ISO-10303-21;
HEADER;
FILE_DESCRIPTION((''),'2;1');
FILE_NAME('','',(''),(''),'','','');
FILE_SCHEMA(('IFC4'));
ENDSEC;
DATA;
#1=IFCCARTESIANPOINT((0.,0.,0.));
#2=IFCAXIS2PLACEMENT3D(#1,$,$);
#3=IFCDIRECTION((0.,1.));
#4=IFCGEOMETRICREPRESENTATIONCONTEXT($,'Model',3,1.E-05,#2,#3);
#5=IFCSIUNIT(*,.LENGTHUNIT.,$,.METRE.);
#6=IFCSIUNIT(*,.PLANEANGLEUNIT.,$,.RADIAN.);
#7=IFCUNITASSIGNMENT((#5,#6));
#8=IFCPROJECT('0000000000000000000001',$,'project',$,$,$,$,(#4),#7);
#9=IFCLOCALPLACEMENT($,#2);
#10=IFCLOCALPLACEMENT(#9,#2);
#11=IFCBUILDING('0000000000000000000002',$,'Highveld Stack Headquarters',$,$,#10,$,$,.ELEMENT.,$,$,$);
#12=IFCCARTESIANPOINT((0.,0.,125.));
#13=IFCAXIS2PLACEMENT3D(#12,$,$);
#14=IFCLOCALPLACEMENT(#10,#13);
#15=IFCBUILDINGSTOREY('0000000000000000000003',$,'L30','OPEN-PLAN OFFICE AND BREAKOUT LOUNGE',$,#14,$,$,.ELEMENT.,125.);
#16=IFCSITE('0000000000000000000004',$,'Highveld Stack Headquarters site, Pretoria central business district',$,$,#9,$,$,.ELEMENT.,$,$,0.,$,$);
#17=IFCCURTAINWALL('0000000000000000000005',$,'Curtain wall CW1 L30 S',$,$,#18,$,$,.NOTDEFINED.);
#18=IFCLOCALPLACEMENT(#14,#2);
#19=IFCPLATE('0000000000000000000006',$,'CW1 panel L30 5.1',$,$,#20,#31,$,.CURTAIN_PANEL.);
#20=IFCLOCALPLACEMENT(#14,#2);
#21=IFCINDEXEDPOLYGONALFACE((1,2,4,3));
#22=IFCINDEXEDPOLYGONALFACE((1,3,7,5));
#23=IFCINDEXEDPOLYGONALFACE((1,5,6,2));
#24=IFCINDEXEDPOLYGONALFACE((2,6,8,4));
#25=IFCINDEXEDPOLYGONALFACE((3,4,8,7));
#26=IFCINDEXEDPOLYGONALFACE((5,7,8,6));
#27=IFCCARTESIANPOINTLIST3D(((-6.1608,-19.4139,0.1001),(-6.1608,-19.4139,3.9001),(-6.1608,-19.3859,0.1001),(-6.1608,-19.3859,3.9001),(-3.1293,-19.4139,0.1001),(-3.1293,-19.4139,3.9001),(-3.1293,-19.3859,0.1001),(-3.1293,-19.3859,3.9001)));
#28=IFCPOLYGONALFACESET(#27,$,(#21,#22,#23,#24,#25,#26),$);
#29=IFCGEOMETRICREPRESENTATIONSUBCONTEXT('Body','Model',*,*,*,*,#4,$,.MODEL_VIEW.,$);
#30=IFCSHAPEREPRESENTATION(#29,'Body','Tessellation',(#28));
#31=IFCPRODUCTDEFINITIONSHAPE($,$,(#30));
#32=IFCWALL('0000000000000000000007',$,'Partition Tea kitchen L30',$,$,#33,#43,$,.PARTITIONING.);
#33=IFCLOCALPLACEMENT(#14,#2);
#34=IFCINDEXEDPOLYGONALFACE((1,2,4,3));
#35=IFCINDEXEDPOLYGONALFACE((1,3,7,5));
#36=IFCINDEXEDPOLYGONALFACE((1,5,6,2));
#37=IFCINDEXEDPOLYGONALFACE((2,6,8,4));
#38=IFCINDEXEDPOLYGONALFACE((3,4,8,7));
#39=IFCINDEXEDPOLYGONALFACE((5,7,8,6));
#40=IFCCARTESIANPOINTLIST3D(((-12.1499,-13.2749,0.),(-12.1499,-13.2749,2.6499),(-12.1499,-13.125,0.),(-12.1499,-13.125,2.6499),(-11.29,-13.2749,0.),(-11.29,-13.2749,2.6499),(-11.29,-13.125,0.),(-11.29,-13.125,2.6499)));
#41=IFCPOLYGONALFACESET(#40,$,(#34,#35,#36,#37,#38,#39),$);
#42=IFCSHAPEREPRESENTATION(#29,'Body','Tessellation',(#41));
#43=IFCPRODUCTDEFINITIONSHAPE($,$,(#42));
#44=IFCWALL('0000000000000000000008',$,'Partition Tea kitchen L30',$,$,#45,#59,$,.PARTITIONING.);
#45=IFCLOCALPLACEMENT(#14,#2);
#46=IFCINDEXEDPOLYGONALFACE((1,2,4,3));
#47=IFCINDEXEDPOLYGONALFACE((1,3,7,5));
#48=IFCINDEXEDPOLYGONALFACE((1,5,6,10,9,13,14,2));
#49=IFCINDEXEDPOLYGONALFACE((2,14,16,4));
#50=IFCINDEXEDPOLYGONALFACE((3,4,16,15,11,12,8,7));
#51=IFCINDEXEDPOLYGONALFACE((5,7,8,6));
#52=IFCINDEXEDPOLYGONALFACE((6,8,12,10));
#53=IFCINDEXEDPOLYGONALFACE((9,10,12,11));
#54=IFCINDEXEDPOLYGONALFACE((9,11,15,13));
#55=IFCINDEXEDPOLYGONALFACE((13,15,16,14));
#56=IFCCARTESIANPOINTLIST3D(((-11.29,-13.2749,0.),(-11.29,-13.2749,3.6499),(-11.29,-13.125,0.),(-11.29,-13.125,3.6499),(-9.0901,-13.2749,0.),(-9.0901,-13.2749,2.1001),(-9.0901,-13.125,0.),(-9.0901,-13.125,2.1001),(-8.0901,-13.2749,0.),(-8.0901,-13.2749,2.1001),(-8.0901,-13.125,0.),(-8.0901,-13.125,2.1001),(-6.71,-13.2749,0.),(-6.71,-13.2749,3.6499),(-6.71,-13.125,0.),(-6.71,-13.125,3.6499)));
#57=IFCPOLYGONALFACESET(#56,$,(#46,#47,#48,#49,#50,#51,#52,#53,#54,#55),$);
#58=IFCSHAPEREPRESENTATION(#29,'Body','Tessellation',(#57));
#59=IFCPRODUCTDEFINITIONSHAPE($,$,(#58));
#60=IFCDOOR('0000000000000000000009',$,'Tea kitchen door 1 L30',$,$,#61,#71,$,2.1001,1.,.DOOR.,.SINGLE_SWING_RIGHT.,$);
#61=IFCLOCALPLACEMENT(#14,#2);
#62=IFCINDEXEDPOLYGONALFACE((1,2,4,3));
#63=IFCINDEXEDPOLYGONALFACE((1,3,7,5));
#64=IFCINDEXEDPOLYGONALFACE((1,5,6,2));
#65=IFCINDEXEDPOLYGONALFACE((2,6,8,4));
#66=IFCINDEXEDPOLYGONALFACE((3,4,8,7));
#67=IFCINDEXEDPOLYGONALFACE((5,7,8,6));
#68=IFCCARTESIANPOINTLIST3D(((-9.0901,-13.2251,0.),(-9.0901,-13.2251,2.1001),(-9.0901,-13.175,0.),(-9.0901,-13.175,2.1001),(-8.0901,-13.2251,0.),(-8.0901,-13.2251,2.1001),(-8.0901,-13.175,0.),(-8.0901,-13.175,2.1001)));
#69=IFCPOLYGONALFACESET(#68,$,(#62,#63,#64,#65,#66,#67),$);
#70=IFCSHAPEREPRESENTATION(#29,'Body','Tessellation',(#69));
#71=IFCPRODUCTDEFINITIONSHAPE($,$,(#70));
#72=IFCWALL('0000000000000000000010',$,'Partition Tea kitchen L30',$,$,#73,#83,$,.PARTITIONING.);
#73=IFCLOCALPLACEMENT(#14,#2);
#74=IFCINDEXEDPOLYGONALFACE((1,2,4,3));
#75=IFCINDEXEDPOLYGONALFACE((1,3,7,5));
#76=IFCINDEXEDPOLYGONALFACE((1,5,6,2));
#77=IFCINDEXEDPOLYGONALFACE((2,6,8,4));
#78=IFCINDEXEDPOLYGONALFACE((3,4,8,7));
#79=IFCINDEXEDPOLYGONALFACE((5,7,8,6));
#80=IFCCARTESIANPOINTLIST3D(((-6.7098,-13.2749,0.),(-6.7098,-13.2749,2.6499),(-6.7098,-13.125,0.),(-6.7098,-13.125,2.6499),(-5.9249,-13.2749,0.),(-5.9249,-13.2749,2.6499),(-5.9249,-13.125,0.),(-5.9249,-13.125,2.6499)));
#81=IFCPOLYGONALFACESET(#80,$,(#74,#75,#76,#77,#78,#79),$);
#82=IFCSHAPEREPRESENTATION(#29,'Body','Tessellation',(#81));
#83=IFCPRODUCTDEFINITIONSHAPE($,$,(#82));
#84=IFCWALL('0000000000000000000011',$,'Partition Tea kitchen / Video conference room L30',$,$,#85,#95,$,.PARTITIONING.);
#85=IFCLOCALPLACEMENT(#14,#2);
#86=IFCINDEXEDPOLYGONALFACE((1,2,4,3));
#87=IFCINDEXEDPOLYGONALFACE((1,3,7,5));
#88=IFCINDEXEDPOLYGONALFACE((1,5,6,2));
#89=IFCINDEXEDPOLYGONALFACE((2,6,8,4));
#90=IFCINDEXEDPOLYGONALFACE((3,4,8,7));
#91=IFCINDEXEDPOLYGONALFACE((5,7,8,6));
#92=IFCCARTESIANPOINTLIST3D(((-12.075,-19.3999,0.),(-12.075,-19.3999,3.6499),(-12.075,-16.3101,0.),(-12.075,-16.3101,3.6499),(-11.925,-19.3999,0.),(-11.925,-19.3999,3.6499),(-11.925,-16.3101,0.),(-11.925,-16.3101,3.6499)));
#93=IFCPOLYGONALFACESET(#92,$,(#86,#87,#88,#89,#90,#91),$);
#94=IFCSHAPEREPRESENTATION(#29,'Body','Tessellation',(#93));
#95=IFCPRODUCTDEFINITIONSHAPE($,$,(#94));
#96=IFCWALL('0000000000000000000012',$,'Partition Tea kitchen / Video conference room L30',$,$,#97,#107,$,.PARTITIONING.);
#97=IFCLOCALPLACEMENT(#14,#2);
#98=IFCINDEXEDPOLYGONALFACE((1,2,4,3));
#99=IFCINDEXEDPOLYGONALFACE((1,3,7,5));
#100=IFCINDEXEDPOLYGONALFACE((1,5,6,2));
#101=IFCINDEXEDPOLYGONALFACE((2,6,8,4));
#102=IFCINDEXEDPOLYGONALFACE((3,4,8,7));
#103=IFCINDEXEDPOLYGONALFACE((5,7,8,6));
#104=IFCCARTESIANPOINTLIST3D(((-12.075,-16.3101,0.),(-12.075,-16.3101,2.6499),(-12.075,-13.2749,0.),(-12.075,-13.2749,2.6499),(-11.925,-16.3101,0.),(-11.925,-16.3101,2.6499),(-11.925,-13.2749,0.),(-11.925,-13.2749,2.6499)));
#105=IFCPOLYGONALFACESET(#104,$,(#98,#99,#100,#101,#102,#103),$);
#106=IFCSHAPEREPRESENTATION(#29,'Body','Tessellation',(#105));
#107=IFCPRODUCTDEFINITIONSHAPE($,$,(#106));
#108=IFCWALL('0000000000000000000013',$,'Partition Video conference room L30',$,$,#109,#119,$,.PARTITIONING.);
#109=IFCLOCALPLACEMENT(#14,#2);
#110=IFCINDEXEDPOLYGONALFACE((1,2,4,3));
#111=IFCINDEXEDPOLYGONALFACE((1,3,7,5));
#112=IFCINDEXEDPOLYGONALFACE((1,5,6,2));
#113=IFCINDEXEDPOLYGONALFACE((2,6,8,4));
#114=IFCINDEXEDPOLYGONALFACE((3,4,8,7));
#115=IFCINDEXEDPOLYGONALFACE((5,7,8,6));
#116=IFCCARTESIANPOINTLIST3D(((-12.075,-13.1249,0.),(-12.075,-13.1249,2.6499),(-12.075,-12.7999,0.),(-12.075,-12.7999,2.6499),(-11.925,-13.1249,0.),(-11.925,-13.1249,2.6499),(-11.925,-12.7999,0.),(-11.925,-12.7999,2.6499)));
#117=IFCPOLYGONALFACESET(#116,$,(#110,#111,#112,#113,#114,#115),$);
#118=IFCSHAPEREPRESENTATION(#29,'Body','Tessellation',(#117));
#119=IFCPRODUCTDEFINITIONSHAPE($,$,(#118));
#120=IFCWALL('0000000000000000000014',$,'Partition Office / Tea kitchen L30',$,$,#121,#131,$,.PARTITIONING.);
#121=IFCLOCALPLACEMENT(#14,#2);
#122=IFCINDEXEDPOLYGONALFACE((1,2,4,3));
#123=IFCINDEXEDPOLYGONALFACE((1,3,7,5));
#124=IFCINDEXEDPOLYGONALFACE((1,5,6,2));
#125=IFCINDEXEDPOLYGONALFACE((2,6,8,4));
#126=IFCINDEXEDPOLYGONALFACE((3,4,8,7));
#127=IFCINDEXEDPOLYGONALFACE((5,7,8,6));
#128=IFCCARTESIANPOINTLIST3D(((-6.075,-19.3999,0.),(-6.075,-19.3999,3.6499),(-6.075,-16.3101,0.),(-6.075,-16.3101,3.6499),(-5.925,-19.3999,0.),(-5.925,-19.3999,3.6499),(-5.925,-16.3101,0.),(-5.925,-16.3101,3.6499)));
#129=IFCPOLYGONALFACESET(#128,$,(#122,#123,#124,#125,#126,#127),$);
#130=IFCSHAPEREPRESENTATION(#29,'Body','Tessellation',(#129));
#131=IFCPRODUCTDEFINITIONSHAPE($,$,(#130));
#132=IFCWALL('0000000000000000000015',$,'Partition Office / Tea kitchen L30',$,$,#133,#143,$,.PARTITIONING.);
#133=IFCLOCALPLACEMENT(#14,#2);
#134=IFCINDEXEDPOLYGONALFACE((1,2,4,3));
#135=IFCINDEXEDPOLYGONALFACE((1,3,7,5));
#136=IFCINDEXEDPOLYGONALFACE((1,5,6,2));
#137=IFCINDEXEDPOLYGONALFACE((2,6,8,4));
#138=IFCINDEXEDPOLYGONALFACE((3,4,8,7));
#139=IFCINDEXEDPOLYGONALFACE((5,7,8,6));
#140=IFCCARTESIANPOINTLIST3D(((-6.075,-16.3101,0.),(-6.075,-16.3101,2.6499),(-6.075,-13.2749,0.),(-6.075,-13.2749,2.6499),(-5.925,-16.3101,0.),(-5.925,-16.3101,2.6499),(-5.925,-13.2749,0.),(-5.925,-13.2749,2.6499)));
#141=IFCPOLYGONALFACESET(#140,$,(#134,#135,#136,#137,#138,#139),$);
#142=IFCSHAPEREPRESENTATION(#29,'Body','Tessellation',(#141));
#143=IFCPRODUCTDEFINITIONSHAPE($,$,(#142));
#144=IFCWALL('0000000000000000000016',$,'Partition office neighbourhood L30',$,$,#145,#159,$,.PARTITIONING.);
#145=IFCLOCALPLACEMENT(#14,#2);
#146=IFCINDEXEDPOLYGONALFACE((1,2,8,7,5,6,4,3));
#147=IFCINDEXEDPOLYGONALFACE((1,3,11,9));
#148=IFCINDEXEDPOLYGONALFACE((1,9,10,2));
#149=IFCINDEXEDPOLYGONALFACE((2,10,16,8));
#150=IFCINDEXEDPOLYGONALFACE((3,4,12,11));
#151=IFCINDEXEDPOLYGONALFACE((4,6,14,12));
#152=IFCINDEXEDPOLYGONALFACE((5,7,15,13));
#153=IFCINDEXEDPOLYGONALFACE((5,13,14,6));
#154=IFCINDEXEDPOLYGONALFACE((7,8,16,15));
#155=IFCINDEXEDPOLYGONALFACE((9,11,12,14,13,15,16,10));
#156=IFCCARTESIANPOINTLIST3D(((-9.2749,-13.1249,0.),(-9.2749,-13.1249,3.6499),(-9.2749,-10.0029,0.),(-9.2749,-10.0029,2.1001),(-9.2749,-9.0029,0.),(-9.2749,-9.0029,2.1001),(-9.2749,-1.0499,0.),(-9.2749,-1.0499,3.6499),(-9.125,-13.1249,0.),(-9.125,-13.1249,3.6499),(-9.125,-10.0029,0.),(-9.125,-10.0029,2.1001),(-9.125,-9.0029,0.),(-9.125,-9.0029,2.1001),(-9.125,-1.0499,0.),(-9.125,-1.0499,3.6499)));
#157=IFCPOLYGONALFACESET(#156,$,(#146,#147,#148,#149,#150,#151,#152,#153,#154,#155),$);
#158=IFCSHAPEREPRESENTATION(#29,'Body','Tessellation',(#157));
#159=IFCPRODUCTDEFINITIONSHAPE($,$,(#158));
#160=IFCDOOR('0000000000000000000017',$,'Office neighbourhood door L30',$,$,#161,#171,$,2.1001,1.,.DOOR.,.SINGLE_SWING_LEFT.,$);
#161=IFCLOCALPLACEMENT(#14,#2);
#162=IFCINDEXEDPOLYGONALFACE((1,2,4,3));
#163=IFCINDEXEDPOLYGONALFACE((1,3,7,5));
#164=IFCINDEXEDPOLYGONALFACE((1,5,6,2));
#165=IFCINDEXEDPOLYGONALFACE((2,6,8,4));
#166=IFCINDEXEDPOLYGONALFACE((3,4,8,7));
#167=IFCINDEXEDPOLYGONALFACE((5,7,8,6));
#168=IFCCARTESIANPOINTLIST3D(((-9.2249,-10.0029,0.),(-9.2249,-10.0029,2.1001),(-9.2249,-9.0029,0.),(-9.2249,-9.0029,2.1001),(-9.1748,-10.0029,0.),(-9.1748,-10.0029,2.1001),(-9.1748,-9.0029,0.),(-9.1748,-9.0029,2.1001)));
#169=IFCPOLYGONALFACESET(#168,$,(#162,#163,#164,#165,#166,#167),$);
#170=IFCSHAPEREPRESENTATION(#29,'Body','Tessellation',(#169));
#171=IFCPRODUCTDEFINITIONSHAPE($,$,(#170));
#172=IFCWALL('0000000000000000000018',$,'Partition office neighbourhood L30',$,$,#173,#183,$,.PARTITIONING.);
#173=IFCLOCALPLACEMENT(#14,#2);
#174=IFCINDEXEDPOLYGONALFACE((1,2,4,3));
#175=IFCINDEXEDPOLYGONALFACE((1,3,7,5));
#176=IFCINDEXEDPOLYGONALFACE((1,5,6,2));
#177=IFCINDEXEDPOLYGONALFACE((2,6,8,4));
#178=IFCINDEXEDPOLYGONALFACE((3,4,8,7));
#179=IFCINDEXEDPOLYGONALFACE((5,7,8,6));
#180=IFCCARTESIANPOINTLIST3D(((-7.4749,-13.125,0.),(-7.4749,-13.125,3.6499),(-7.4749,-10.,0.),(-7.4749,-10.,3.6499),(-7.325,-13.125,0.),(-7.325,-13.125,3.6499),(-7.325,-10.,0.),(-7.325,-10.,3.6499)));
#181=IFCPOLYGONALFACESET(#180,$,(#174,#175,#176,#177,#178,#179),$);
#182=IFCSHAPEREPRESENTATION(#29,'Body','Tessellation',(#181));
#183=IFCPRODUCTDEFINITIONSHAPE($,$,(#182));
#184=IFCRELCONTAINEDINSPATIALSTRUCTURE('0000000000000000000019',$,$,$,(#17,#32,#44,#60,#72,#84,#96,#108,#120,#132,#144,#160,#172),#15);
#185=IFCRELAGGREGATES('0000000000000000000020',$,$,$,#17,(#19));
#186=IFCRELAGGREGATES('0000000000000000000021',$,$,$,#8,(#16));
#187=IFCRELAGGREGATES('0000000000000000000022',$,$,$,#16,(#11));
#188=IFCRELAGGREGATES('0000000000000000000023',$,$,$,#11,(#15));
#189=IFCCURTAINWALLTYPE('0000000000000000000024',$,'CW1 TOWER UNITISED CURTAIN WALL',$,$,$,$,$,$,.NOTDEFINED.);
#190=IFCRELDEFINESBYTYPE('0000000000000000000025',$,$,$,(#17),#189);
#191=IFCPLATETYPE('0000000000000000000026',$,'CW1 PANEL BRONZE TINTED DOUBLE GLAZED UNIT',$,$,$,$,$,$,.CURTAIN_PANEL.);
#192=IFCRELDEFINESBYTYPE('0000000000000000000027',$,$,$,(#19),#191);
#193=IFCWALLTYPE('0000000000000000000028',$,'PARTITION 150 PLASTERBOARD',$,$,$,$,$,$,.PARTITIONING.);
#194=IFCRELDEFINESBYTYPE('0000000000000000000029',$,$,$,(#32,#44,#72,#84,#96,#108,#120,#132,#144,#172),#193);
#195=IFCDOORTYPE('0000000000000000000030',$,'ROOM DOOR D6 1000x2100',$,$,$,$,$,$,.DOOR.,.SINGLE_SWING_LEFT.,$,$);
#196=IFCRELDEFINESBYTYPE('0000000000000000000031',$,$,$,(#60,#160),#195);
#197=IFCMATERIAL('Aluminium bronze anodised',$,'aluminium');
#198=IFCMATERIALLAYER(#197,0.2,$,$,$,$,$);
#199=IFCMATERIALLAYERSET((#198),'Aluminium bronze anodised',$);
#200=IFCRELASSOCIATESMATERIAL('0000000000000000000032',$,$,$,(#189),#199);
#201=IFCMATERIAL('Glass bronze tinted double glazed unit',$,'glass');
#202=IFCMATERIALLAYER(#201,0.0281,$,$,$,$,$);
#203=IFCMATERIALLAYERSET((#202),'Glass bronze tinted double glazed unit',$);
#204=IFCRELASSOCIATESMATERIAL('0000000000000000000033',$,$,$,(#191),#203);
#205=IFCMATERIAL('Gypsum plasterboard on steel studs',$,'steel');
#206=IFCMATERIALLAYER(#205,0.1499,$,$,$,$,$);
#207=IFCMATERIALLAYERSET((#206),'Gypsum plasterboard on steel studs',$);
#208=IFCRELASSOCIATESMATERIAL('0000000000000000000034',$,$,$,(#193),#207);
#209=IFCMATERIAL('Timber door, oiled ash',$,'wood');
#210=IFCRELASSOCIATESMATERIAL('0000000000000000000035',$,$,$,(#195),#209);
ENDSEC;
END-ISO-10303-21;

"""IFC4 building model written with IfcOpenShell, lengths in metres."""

from ifc_helpers import new_model, si_unit, direction, frame, frame_2d, origin, origin_2d, place, context, subcontext, project, spatial, rectangle, extrude, material, layer, layer_set, type_object, element, fill, aggregate, save


model = new_model("IFC4")

# Units and contexts
model_context = context("Model", 3, precision=1e-05, world=origin(), true_north=direction((0.0, 1.0)))
body_context = subcontext(model_context, "Body", "Model", "MODEL_VIEW")
ifc_project = project(units=[si_unit("LENGTHUNIT", "METRE"), si_unit("PLANEANGLEUNIT", "RADIAN")], contexts=[model_context])

# Site, building, storey
site_placement = place(None, origin())
site = spatial("IfcSite", under=ifc_project, at=site_placement, Name="Highveld Stack Headquarters site, Pretoria central business district", CompositionType="ELEMENT", RefElevation=0.0)
building_placement = place(site_placement, origin())
building = spatial("IfcBuilding", under=site, at=building_placement, Name="Highveld Stack Headquarters", CompositionType="ELEMENT")
storey_placement = place(building_placement, frame((0.0, 0.0, 125.0)))
storey = spatial("IfcBuildingStorey", under=building, at=storey_placement, Name="L30", Description="OPEN-PLAN OFFICE AND BREAKOUT LOUNGE", CompositionType="ELEMENT", Elevation=125.0)

# Curtain wall
ifc_material_1 = material(Name="Aluminium bronze anodised", Category="aluminium")
ifc_layer_1 = layer(ifc_material_1, 0.2)
ifc_layer_set_1 = layer_set([ifc_layer_1], Name="Aluminium bronze anodised")
curtain_wall_type = type_object("IfcCurtainWallType", Name="CW1 TOWER UNITISED CURTAIN WALL", PredefinedType="NOTDEFINED", material=ifc_layer_set_1)
curtain_wall_placement = place(storey_placement, origin())
curtain_wall = element("IfcCurtainWall", 1, at=curtain_wall_placement, inside=storey, type_object=curtain_wall_type, Name="Curtain wall CW1 L30 S", PredefinedType="NOTDEFINED")

# Plate
ifc_material_2 = material(Name="Glass bronze tinted double glazed unit", Category="glass")
ifc_layer_2 = layer(ifc_material_2, 0.0281)
ifc_layer_set_2 = layer_set([ifc_layer_2], Name="Glass bronze tinted double glazed unit")
plate_type = type_object("IfcPlateType", Name="CW1 PANEL BRONZE TINTED DOUBLE GLAZED UNIT", PredefinedType="CURTAIN_PANEL", material=ifc_layer_set_2)
plate_1_placement = place(storey_placement, frame((-4.645, -19.3999, 0.1001), z_axis=(0.0, 0.0, 1.0), x_axis=(1.0, 0.0, 0.0)))
plate_1 = element("IfcPlate", 2, at=plate_1_placement, type_object=plate_type, Name="CW1 panel L30 5.1", PredefinedType="CURTAIN_PANEL", context=body_context, shape_type="SweptSolid", body=[
    extrude(rectangle(XDim=3.0315, YDim=0.0281, at=origin_2d()), origin(), (0.0, 0.0, 1.0), 3.8),
])
aggregate(curtain_wall, [plate_1])

# Wall
ifc_material_3 = material(Name="Gypsum plasterboard on steel studs", Category="steel")
ifc_layer_3 = layer(ifc_material_3, 0.1499)
ifc_layer_set_3 = layer_set([ifc_layer_3], Name="Gypsum plasterboard on steel studs")
wall_type = type_object("IfcWallType", Name="PARTITION 150 PLASTERBOARD", PredefinedType="PARTITIONING", material=ifc_layer_set_3)
wall_1_placement = place(storey_placement, frame((-12.1499, -13.2, 0.0), z_axis=(0.0, 0.0, 1.0), x_axis=(1.0, 0.0, 0.0)))
element("IfcWall", 3, at=wall_1_placement, inside=storey, type_object=wall_type, Name="Partition Tea kitchen L30", PredefinedType="PARTITIONING", context=body_context, shape_type="SweptSolid", body=[
    extrude(rectangle(XDim=0.8599, YDim=0.1499, at=frame_2d((0.4299, 0.0))), origin(), (0.0, 0.0, 1.0), 2.6499),
])

# Wall, opening, door
wall_2_placement = place(storey_placement, frame((-11.29, -13.2, 0.0), z_axis=(0.0, 0.0, 1.0), x_axis=(1.0, 0.0, 0.0)))
wall_2 = element("IfcWall", 4, at=wall_2_placement, inside=storey, type_object=wall_type, Name="Partition Tea kitchen L30", PredefinedType="PARTITIONING", context=body_context, shape_type="SweptSolid", body=[
    extrude(rectangle(XDim=4.5801, YDim=0.1499, at=frame_2d((2.29, 0.0))), origin(), (0.0, 0.0, 1.0), 3.6499),
])
opening_1_placement = place(wall_2_placement, frame((2.2, 0.0, 0.0)))
opening_1 = element("IfcOpeningElement", 5, at=opening_1_placement, cuts=wall_2, PredefinedType="OPENING", context=body_context, shape_type="SweptSolid", body=[
    extrude(rectangle(XDim=1.0, YDim=2.1001, at=frame_2d((0.5, 1.05))), frame((0.0, 0.085, 0.0), z_axis=(0.0, -1.0, 0.0), x_axis=(1.0, 0.0, 0.0)), (0.0, 0.0, 1.0), 0.1699),
])
ifc_material_4 = material(Name="Timber door, oiled ash", Category="wood")
door_type = type_object("IfcDoorType", Name="ROOM DOOR D6 1000x2100", OperationType="SINGLE_SWING_LEFT", PredefinedType="DOOR", material=ifc_material_4)
door_1_placement = place(opening_1_placement, origin())
door_1 = element("IfcDoor", 6, at=door_1_placement, inside=storey, type_object=door_type, Name="Tea kitchen door 1 L30", OperationType="SINGLE_SWING_RIGHT", OverallHeight=2.1001, OverallWidth=1.0, PredefinedType="DOOR", context=body_context, shape_type="SweptSolid", body=[
    extrude(rectangle(XDim=1.0, YDim=2.1001, at=frame_2d((0.5, 1.05))), frame((0.0, 0.0249, 0.0), z_axis=(0.0, -1.0, 0.0), x_axis=(1.0, 0.0, 0.0)), (0.0, 0.0, 1.0), 0.05),
])
fill(opening_1, door_1)

# Walls
wall_3_placement = place(storey_placement, frame((-6.71, -13.2, 0.0), z_axis=(0.0, 0.0, 1.0), x_axis=(1.0, 0.0, 0.0)))
element("IfcWall", 7, at=wall_3_placement, inside=storey, type_object=wall_type, Name="Partition Tea kitchen L30", PredefinedType="PARTITIONING", context=body_context, shape_type="SweptSolid", body=[
    extrude(rectangle(XDim=0.7849, YDim=0.1499, at=frame_2d((0.3926, 0.0))), origin(), (0.0, 0.0, 1.0), 2.6499),
])
wall_4_placement = place(storey_placement, frame((-12.0, -19.3999, 0.0), z_axis=(0.0, 0.0, 1.0), x_axis=(0.0, 1.0, 0.0)))
element("IfcWall", 8, at=wall_4_placement, inside=storey, type_object=wall_type, Name="Partition Tea kitchen / Video conference room L30", PredefinedType="PARTITIONING", context=body_context, shape_type="SweptSolid", body=[
    extrude(rectangle(XDim=3.0898, YDim=0.1499, at=frame_2d((1.5449, 0.0))), origin(), (0.0, 0.0, 1.0), 3.6499),
])
wall_5_placement = place(storey_placement, frame((-12.0, -16.3101, 0.0), z_axis=(0.0, 0.0, 1.0), x_axis=(0.0, 1.0, 0.0)))
element("IfcWall", 9, at=wall_5_placement, inside=storey, type_object=wall_type, Name="Partition Tea kitchen / Video conference room L30", PredefinedType="PARTITIONING", context=body_context, shape_type="SweptSolid", body=[
    extrude(rectangle(XDim=3.0352, YDim=0.1499, at=frame_2d((1.5176, 0.0))), origin(), (0.0, 0.0, 1.0), 2.6499),
])
wall_6_placement = place(storey_placement, frame((-12.0, -13.125, 0.0), z_axis=(0.0, 0.0, 1.0), x_axis=(0.0, 1.0, 0.0)))
element("IfcWall", 10, at=wall_6_placement, inside=storey, type_object=wall_type, Name="Partition Video conference room L30", PredefinedType="PARTITIONING", context=body_context, shape_type="SweptSolid", body=[
    extrude(rectangle(XDim=0.325, YDim=0.1499, at=frame_2d((0.1626, 0.0))), origin(), (0.0, 0.0, 1.0), 2.6499),
])
wall_7_placement = place(storey_placement, frame((-6.0, -19.3999, 0.0), z_axis=(0.0, 0.0, 1.0), x_axis=(0.0, 1.0, 0.0)))
element("IfcWall", 11, at=wall_7_placement, inside=storey, type_object=wall_type, Name="Partition Office / Tea kitchen L30", PredefinedType="PARTITIONING", context=body_context, shape_type="SweptSolid", body=[
    extrude(rectangle(XDim=3.0898, YDim=0.1499, at=frame_2d((1.5449, 0.0))), origin(), (0.0, 0.0, 1.0), 3.6499),
])
wall_8_placement = place(storey_placement, frame((-6.0, -16.3101, 0.0), z_axis=(0.0, 0.0, 1.0), x_axis=(0.0, 1.0, 0.0)))
element("IfcWall", 12, at=wall_8_placement, inside=storey, type_object=wall_type, Name="Partition Office / Tea kitchen L30", PredefinedType="PARTITIONING", context=body_context, shape_type="SweptSolid", body=[
    extrude(rectangle(XDim=3.0352, YDim=0.1499, at=frame_2d((1.5176, 0.0))), origin(), (0.0, 0.0, 1.0), 2.6499),
])

# Wall, opening, door
wall_9_placement = place(storey_placement, frame((-9.2, -13.125, 0.0), z_axis=(0.0, 0.0, 1.0), x_axis=(0.0, 1.0, 0.0)))
wall_9 = element("IfcWall", 13, at=wall_9_placement, inside=storey, type_object=wall_type, Name="Partition office neighbourhood L30", PredefinedType="PARTITIONING", context=body_context, shape_type="SweptSolid", body=[
    extrude(rectangle(XDim=12.075, YDim=0.1499, at=frame_2d((6.0376, 0.0))), origin(), (0.0, 0.0, 1.0), 3.6499),
])
opening_2_placement = place(wall_9_placement, frame((3.1221, 0.0, 0.0)))
opening_2 = element("IfcOpeningElement", 14, at=opening_2_placement, cuts=wall_9, PredefinedType="OPENING", context=body_context, shape_type="SweptSolid", body=[
    extrude(rectangle(XDim=1.0, YDim=2.1001, at=frame_2d((0.5, 1.05))), frame((0.0, 0.085, 0.0), z_axis=(0.0, -1.0, 0.0), x_axis=(1.0, 0.0, 0.0)), (0.0, 0.0, 1.0), 0.1699),
])
door_2_placement = place(opening_2_placement, origin())
door_2 = element("IfcDoor", 15, at=door_2_placement, inside=storey, type_object=door_type, Name="Office neighbourhood door L30", OperationType="SINGLE_SWING_LEFT", OverallHeight=2.1001, OverallWidth=1.0, PredefinedType="DOOR", context=body_context, shape_type="SweptSolid", body=[
    extrude(rectangle(XDim=1.0, YDim=2.1001, at=frame_2d((0.5, 1.05))), frame((0.0, 0.0249, 0.0), z_axis=(0.0, -1.0, 0.0), x_axis=(1.0, 0.0, 0.0)), (0.0, 0.0, 1.0), 0.05),
])
fill(opening_2, door_2)

# Wall
wall_10_placement = place(storey_placement, frame((-7.3999, -13.125, 0.0), z_axis=(0.0, 0.0, 1.0), x_axis=(0.0, 1.0, 0.0)))
element("IfcWall", 16, at=wall_10_placement, inside=storey, type_object=wall_type, Name="Partition office neighbourhood L30", PredefinedType="PARTITIONING", context=body_context, shape_type="SweptSolid", body=[
    extrude(rectangle(XDim=3.125, YDim=0.1499, at=frame_2d((1.5625, 0.0))), origin(), (0.0, 0.0, 1.0), 3.6499),
])

save(model, "model.ifc")
